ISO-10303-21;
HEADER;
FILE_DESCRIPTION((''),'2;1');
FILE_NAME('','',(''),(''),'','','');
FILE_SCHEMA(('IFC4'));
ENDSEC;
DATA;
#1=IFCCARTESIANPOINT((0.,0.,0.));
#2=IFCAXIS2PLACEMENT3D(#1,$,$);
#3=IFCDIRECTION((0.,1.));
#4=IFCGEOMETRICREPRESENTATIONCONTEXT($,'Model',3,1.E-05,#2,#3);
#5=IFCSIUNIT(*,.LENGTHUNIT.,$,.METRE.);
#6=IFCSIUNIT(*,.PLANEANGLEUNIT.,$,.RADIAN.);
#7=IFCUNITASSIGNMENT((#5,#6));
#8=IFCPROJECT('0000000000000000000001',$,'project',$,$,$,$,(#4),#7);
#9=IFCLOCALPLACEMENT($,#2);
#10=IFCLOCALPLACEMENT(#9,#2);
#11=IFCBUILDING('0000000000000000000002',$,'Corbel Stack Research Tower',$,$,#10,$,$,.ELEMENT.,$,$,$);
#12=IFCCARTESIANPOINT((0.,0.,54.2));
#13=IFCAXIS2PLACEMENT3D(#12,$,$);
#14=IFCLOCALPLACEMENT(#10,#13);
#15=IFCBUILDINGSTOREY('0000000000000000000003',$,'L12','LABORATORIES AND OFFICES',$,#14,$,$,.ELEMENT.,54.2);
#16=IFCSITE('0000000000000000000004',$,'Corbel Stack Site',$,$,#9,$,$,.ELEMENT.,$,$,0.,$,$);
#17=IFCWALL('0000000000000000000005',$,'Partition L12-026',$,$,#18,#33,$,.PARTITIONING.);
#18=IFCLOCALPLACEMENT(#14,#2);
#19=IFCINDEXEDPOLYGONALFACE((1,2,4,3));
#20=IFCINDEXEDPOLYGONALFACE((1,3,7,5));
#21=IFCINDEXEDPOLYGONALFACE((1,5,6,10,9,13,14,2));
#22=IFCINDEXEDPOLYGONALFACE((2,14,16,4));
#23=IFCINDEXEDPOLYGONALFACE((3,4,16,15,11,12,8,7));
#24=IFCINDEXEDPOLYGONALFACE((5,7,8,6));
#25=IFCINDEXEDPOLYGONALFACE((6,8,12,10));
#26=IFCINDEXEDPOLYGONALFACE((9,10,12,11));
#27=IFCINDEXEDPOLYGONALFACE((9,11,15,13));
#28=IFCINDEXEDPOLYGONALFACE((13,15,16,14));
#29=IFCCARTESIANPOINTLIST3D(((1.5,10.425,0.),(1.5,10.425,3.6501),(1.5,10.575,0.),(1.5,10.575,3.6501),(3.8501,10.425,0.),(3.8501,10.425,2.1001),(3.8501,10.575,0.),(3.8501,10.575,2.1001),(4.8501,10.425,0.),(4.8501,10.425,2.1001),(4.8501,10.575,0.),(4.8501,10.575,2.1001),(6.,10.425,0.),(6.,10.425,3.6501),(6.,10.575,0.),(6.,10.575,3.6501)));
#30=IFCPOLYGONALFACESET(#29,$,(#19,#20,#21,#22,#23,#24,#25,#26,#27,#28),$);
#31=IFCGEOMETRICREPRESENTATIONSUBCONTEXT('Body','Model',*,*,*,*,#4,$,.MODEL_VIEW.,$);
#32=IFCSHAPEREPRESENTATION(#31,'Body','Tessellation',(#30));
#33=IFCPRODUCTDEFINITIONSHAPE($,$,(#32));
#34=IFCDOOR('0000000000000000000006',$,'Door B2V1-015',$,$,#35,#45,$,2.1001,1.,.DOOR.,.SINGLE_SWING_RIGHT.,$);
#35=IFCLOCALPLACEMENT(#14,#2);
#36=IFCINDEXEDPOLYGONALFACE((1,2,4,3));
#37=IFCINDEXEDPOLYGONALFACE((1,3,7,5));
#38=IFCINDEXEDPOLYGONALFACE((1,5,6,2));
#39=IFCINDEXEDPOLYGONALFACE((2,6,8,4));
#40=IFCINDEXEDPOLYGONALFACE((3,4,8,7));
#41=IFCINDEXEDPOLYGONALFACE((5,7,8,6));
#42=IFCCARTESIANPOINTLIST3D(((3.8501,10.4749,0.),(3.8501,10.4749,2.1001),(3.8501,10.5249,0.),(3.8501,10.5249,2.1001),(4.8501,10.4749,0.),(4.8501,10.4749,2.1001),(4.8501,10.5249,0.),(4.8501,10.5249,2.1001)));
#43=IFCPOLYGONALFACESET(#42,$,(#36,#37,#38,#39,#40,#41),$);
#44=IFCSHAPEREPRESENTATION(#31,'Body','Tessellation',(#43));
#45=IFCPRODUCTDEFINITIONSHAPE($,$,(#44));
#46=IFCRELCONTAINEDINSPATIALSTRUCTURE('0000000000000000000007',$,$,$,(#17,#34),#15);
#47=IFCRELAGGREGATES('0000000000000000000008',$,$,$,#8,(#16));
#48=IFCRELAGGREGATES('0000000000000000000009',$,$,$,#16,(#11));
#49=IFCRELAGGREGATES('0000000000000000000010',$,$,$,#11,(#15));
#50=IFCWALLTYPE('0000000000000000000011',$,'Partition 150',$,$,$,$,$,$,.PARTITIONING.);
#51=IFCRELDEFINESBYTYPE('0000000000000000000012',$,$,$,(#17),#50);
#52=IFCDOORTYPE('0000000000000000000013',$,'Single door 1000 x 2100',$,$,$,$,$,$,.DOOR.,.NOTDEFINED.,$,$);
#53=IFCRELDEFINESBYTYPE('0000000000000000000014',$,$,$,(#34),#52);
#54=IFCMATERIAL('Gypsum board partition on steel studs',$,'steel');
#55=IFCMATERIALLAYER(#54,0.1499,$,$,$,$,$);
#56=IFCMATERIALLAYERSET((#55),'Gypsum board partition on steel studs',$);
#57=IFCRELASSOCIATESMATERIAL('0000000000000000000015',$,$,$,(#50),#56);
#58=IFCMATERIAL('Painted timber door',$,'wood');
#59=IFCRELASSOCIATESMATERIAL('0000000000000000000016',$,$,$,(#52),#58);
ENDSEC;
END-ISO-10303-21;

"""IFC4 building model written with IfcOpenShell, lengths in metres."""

from ifc_helpers import new_model, si_unit, direction, frame, frame_2d, origin, place, context, subcontext, project, spatial, rectangle, extrude, material, layer, layer_set, type_object, element, fill, save


model = new_model("IFC4")

# Units and contexts
model_context = context("Model", 3, precision=1e-05, world=origin(), true_north=direction((0.0, 1.0)))
body_context = subcontext(model_context, "Body", "Model", "MODEL_VIEW")
ifc_project = project(units=[si_unit("LENGTHUNIT", "METRE"), si_unit("PLANEANGLEUNIT", "RADIAN")], contexts=[model_context])

# Site, building, storey
site_placement = place(None, origin())
site = spatial("IfcSite", under=ifc_project, at=site_placement, Name="Corbel Stack Site", CompositionType="ELEMENT", RefElevation=0.0)
building_placement = place(site_placement, origin())
building = spatial("IfcBuilding", under=site, at=building_placement, Name="Corbel Stack Research Tower", CompositionType="ELEMENT")
storey_placement = place(building_placement, frame((0.0, 0.0, 54.2)))
storey = spatial("IfcBuildingStorey", under=building, at=storey_placement, Name="L12", Description="LABORATORIES AND OFFICES", CompositionType="ELEMENT", Elevation=54.2)

# Wall, opening, door
ifc_material_1 = material(Name="Gypsum board partition on steel studs", Category="steel")
ifc_layer_1 = layer(ifc_material_1, 0.1499)
ifc_layer_set_1 = layer_set([ifc_layer_1], Name="Gypsum board partition on steel studs")
wall_type_1 = type_object("IfcWallType", Name="Partition 150", PredefinedType="PARTITIONING", material=ifc_layer_set_1)
wall_1_placement = place(storey_placement, frame((1.5, 10.5, 0.0), z_axis=(0.0, 0.0, 1.0), x_axis=(1.0, 0.0, 0.0)))
wall_1 = element("IfcWall", 1, at=wall_1_placement, inside=storey, type_object=wall_type_1, Name="Partition L12-026", PredefinedType="PARTITIONING", context=body_context, shape_type="SweptSolid", body=[
    extrude(rectangle(XDim=4.5, YDim=0.1499, at=frame_2d((2.25, 0.0))), origin(), (0.0, 0.0, 1.0), 3.6501),
])
opening_1_placement = place(wall_1_placement, frame((2.3501, 0.0, 0.0)))
opening_1 = element("IfcOpeningElement", 2, at=opening_1_placement, cuts=wall_1, PredefinedType="OPENING", context=body_context, shape_type="SweptSolid", body=[
    extrude(rectangle(XDim=1.0, YDim=2.1001, at=frame_2d((0.5, 1.05))), frame((0.0, 0.085, 0.0), z_axis=(0.0, -1.0, 0.0), x_axis=(1.0, 0.0, 0.0)), (0.0, 0.0, 1.0), 0.1699),
])
ifc_material_2 = material(Name="Painted timber door", Category="wood")
door_type_1 = type_object("IfcDoorType", Name="Single door 1000 x 2100", OperationType="NOTDEFINED", PredefinedType="DOOR", material=ifc_material_2)
door_1_placement = place(opening_1_placement, origin())
door_1 = element("IfcDoor", 3, at=door_1_placement, inside=storey, type_object=door_type_1, Name="Door B2V1-015", OperationType="SINGLE_SWING_RIGHT", OverallHeight=2.1001, OverallWidth=1.0, PredefinedType="DOOR", context=body_context, shape_type="SweptSolid", body=[
    extrude(rectangle(XDim=1.0, YDim=2.1001, at=frame_2d((0.5, 1.05))), frame((0.0, 0.0249, 0.0), z_axis=(0.0, -1.0, 0.0), x_axis=(1.0, 0.0, 0.0)), (0.0, 0.0, 1.0), 0.05),
])
fill(opening_1, door_1)

save(model, "model.ifc")
